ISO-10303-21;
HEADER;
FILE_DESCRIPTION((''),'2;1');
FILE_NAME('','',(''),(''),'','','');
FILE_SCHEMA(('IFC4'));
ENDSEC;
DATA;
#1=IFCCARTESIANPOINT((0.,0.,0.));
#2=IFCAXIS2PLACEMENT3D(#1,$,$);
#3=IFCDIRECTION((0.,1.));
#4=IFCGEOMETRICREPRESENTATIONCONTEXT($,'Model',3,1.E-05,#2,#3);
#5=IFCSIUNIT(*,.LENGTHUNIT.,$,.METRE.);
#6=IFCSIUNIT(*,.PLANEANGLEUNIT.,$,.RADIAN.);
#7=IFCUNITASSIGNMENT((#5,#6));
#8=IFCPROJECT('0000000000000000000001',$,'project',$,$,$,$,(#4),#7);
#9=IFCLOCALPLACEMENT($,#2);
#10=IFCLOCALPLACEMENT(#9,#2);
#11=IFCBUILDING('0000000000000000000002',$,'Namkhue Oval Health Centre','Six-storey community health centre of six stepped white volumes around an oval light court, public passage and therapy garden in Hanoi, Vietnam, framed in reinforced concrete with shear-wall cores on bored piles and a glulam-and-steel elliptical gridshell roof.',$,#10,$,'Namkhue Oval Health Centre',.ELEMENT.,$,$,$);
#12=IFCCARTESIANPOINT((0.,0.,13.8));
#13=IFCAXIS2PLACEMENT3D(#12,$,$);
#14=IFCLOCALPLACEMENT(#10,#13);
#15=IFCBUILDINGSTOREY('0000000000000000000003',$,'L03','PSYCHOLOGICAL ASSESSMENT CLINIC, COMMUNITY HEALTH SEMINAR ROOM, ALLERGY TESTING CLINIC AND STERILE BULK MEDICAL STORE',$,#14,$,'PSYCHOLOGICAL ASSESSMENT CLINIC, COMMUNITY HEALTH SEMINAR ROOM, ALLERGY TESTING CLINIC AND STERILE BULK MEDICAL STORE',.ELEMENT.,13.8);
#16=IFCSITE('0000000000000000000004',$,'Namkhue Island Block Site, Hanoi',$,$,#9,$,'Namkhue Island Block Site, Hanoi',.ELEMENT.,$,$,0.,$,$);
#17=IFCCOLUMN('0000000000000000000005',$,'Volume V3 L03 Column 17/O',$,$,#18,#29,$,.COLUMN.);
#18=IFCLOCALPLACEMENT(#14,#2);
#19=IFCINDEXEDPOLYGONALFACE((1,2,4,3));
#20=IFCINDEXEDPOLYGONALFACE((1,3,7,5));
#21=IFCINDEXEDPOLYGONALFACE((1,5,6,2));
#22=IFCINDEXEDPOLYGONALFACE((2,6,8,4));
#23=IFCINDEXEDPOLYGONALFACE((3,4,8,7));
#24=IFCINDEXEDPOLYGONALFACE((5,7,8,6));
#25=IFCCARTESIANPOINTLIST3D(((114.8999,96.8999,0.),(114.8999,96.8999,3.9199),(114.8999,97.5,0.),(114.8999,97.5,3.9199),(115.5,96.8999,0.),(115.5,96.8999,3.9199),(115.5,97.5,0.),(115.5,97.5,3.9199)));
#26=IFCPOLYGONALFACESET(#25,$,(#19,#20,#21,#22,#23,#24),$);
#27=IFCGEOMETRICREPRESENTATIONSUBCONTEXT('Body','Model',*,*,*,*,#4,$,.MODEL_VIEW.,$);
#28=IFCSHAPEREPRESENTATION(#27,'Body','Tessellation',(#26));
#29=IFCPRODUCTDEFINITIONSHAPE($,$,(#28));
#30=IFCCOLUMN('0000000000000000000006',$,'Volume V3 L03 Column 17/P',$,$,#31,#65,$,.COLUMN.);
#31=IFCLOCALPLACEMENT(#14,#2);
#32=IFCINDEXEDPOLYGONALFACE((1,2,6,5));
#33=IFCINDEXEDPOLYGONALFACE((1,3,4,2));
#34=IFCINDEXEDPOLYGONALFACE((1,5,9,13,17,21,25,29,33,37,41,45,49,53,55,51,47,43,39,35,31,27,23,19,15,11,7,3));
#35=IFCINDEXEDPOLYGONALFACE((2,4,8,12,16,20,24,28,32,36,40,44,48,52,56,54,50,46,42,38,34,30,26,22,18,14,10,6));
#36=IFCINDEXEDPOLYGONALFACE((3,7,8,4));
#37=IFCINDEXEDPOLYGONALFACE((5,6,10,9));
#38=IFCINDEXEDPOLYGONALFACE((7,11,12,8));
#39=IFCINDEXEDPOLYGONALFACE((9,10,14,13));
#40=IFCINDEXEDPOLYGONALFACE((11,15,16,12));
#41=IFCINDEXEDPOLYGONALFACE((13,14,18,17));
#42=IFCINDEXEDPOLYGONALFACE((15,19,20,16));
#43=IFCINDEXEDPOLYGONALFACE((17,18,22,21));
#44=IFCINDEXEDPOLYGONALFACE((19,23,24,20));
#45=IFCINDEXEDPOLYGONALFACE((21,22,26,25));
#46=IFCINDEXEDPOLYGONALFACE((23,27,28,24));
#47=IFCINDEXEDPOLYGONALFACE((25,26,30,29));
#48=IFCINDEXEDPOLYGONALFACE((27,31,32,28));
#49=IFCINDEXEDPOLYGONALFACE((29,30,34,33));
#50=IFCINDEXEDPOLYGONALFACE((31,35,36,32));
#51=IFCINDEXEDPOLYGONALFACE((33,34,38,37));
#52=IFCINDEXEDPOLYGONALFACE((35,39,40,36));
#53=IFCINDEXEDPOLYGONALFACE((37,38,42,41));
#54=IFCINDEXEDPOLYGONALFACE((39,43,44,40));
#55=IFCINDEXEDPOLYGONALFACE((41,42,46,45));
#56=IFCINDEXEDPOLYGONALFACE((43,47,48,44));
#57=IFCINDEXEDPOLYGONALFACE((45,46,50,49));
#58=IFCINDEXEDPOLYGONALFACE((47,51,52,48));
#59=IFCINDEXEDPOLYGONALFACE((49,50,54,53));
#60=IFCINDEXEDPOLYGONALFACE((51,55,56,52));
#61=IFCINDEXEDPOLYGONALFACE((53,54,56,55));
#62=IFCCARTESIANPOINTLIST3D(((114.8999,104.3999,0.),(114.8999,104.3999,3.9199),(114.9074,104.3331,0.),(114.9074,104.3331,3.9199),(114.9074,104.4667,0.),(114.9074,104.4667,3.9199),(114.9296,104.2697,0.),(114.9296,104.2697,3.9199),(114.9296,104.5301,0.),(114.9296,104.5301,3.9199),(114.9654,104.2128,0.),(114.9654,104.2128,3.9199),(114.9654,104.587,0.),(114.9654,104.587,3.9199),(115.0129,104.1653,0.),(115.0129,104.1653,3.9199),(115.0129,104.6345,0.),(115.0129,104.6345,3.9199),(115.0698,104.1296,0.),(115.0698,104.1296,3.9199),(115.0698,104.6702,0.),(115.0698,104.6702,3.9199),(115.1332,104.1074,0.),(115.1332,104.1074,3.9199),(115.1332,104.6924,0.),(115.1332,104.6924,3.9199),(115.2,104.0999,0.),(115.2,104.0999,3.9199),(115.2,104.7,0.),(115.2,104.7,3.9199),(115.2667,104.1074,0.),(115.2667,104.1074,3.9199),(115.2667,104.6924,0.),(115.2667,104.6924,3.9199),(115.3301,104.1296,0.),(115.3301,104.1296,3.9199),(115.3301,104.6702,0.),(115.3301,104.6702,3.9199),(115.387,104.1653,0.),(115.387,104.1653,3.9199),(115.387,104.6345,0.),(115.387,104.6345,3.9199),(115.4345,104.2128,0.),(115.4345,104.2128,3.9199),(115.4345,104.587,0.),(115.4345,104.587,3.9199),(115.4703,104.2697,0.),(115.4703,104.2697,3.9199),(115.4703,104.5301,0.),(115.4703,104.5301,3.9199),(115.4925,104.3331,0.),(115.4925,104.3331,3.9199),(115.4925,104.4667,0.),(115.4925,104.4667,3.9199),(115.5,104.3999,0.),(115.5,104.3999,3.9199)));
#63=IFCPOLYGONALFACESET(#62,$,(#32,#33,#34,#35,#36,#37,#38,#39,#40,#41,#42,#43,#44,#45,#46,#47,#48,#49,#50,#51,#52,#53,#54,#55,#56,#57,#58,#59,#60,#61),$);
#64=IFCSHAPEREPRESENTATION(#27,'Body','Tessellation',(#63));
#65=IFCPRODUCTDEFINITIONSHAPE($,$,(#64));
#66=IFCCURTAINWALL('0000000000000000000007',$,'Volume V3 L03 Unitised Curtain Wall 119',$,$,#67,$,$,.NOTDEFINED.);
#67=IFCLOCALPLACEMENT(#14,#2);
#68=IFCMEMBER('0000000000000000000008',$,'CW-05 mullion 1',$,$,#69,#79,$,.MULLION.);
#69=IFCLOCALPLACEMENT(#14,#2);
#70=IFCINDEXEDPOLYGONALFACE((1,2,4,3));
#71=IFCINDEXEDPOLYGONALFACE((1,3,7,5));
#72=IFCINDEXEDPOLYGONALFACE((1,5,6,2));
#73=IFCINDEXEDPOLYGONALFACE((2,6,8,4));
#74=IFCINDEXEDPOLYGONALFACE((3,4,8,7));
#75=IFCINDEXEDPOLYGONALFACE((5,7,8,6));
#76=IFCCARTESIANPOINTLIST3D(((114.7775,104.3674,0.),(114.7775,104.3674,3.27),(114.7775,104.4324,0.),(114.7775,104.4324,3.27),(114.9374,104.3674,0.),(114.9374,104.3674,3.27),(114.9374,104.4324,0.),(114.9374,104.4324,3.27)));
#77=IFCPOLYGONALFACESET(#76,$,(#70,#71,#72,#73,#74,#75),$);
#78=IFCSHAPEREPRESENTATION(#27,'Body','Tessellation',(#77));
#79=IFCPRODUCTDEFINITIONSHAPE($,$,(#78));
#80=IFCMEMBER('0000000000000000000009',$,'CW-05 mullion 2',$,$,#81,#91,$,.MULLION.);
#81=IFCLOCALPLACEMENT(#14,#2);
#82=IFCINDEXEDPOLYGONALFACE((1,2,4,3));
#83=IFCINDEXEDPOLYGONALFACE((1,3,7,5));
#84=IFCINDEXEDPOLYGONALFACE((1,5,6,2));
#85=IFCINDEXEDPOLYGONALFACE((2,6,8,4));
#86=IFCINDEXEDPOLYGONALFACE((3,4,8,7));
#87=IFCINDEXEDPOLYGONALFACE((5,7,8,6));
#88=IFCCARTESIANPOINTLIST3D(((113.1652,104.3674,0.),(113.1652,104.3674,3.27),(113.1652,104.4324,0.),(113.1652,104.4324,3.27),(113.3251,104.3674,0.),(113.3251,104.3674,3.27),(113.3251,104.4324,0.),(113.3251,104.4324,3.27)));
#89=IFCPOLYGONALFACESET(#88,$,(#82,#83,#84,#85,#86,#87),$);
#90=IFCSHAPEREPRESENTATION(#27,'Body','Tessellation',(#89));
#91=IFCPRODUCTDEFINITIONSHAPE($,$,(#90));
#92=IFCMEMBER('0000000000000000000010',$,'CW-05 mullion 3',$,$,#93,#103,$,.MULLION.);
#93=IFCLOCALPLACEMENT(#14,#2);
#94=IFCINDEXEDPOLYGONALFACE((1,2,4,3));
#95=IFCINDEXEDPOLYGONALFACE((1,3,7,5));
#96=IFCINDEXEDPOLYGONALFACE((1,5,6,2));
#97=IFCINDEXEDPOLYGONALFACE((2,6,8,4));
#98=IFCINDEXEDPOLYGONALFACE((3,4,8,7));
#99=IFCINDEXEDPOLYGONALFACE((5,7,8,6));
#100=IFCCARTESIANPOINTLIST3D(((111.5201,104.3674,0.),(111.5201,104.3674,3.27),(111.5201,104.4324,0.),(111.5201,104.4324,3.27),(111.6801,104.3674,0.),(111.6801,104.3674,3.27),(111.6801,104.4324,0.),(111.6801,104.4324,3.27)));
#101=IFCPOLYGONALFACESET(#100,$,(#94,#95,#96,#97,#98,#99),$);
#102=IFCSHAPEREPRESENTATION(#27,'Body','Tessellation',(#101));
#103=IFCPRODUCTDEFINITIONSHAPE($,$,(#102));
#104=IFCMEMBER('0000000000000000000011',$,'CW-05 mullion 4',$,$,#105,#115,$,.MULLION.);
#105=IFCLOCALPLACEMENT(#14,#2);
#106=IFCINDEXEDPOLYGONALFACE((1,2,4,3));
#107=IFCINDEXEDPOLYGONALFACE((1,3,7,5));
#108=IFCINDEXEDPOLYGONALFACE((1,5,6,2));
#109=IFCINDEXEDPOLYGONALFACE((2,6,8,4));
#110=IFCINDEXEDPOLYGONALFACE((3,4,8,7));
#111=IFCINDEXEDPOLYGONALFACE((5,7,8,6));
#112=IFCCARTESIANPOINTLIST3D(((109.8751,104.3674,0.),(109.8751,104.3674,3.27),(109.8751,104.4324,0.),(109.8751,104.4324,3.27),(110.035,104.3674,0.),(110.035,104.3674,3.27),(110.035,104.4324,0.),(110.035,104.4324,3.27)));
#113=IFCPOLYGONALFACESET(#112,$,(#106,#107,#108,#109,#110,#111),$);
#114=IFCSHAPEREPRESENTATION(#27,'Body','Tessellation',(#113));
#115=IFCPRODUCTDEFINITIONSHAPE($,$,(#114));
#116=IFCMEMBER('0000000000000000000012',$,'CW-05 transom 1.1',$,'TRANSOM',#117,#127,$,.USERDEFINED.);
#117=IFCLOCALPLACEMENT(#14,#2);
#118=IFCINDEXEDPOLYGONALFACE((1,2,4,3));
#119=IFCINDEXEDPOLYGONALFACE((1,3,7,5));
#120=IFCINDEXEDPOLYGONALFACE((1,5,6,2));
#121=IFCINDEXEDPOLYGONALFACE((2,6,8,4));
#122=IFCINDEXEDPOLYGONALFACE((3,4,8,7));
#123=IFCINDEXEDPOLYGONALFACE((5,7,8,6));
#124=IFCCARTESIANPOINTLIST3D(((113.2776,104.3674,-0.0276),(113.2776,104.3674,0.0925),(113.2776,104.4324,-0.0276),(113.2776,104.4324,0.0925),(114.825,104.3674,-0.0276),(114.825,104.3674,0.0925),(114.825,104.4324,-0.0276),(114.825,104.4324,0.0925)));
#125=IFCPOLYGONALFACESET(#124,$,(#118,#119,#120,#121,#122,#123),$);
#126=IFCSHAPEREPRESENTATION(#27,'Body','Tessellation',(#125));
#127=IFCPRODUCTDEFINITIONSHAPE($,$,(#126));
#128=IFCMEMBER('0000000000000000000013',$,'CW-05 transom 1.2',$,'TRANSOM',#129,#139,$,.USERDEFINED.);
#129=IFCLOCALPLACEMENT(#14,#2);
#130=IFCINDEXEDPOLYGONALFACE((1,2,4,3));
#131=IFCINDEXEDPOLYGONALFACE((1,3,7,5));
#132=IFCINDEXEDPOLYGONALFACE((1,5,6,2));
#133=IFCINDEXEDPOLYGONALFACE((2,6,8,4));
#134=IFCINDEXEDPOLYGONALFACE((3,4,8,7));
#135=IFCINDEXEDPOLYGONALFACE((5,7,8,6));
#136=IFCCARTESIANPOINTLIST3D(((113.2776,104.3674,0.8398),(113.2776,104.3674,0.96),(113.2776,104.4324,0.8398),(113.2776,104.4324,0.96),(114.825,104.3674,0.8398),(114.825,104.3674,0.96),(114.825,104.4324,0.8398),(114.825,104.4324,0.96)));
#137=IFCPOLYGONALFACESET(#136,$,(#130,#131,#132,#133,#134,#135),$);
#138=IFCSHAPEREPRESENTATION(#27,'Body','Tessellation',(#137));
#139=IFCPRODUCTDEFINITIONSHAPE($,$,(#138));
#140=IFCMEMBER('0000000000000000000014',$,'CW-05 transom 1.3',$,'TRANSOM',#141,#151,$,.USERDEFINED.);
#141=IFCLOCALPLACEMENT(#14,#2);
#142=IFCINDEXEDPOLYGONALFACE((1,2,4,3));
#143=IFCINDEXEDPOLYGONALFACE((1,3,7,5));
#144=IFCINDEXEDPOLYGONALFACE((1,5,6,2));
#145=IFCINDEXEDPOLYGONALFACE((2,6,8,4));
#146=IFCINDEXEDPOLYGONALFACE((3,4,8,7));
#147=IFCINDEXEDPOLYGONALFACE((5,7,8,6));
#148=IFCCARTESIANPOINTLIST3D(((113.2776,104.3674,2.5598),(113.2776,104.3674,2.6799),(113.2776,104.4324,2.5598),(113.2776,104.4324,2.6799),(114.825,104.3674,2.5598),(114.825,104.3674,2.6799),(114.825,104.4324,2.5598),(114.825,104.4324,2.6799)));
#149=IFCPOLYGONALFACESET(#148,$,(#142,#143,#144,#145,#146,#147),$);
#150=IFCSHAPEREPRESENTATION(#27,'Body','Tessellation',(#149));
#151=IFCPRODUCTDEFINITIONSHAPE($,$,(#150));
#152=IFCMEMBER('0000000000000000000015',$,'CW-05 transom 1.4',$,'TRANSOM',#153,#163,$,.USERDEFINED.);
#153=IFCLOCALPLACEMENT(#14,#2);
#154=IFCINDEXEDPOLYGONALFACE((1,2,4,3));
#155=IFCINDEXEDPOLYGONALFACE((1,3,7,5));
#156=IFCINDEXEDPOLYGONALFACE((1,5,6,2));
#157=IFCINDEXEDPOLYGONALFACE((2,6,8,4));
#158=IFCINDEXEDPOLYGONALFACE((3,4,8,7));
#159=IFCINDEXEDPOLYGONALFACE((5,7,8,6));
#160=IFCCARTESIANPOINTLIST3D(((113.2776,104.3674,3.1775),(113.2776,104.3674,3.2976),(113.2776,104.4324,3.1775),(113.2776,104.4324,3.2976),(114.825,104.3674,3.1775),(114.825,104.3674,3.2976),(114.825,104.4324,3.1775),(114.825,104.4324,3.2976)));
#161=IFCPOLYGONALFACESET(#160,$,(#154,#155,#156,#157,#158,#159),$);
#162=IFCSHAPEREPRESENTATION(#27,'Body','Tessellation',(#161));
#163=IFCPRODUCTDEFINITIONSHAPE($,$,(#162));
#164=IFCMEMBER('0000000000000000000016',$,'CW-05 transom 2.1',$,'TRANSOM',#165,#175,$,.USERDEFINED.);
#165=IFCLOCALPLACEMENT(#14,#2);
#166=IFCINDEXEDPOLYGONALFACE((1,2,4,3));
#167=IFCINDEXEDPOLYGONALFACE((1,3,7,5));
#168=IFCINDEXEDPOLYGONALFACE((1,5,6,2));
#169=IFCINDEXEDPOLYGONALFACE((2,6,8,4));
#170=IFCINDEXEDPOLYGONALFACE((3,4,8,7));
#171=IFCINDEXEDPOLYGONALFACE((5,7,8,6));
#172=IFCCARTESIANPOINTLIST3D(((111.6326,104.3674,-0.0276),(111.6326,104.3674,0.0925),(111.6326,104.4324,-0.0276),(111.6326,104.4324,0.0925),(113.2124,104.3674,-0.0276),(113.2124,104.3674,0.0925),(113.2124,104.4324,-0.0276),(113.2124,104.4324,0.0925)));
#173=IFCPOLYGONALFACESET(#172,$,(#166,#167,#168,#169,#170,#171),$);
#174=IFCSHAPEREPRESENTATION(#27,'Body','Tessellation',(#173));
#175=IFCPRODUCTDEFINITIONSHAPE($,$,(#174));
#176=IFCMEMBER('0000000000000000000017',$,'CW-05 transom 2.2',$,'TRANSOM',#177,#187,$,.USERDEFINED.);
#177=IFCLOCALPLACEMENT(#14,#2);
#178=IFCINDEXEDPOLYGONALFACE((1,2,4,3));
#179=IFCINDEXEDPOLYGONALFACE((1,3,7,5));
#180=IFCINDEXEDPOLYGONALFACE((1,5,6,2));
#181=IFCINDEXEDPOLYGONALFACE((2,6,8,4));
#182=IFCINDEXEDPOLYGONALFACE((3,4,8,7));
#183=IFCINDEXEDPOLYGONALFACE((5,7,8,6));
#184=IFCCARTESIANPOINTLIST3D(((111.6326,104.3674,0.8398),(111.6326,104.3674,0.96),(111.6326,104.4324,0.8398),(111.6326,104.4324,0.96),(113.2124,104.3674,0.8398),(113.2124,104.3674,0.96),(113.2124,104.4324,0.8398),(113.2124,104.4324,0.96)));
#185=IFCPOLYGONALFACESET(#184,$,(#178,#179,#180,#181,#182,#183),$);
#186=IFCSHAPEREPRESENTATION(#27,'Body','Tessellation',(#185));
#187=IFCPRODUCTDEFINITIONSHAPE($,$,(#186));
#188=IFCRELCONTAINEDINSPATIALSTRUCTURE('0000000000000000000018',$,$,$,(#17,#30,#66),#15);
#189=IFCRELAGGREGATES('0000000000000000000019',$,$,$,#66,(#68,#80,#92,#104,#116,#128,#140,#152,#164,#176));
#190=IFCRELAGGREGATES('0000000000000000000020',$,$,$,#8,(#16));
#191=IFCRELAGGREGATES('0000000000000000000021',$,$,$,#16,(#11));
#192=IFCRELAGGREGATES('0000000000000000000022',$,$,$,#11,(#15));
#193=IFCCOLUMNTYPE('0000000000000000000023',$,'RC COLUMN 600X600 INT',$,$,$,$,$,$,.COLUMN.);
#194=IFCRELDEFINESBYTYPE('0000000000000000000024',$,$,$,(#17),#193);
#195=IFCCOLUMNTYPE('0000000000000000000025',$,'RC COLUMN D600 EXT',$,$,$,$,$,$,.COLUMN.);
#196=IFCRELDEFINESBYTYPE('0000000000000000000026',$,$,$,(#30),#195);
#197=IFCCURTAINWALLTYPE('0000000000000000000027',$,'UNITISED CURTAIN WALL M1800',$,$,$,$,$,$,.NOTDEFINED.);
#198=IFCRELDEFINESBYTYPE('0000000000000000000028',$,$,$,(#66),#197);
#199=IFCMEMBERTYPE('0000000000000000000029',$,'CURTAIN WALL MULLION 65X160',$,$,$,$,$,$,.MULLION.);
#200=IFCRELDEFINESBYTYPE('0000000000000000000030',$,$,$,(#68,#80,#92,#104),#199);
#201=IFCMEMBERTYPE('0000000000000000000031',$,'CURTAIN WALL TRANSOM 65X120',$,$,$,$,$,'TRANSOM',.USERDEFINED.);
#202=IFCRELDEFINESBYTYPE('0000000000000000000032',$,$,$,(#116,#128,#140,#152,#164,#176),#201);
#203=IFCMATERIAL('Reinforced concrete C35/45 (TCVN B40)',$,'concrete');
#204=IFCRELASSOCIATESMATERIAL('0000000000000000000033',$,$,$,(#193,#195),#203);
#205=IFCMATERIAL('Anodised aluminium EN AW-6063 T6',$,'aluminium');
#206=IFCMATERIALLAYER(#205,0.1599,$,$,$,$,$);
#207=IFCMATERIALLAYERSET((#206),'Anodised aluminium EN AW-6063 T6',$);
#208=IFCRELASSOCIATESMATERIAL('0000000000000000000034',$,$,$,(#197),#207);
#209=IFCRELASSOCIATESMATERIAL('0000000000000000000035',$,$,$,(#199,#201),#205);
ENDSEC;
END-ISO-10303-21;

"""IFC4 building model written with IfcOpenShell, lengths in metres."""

from ifc_helpers import new_model, si_unit, direction, frame, origin, origin_2d, place, context, subcontext, project, spatial, rectangle, circle, extrude, material, layer, layer_set, material_profile, profile_set, type_object, element, aggregate, save


model = new_model("IFC4")

# Units and contexts
model_context = context("Model", 3, precision=1e-05, world=origin(), true_north=direction((0.0, 1.0)))
body_context = subcontext(model_context, "Body", "Model", "MODEL_VIEW")
ifc_project = project(units=[si_unit("LENGTHUNIT", "METRE"), si_unit("PLANEANGLEUNIT", "RADIAN")], contexts=[model_context])

# Site, building, storey
site_placement = place(None, origin())
site = spatial("IfcSite", under=ifc_project, at=site_placement, Name="Namkhue Island Block Site, Hanoi", LongName="Namkhue Island Block Site, Hanoi", CompositionType="ELEMENT", RefElevation=0.0)
building_placement = place(site_placement, origin())
building = spatial("IfcBuilding", under=site, at=building_placement, Name="Namkhue Oval Health Centre", Description="Six-storey community health centre of six stepped white volumes around an oval light court, public passage and therapy garden in Hanoi, Vietnam, framed in reinforced concrete with shear-wall cores on bored piles and a glulam-and-steel elliptical gridshell roof.", LongName="Namkhue Oval Health Centre", CompositionType="ELEMENT")
storey_placement = place(building_placement, frame((0.0, 0.0, 13.8)))
storey = spatial("IfcBuildingStorey", under=building, at=storey_placement, Name="L03", Description="PSYCHOLOGICAL ASSESSMENT CLINIC, COMMUNITY HEALTH SEMINAR ROOM, ALLERGY TESTING CLINIC AND STERILE BULK MEDICAL STORE", LongName="PSYCHOLOGICAL ASSESSMENT CLINIC, COMMUNITY HEALTH SEMINAR ROOM, ALLERGY TESTING CLINIC AND STERILE BULK MEDICAL STORE", CompositionType="ELEMENT", Elevation=13.8)

# Columns
ifc_material_1 = material(Name="Reinforced concrete C35/45 (TCVN B40)", Category="concrete")
ifc_material_profile_1 = material_profile(ifc_material_1, rectangle(XDim=0.6001, YDim=0.6001, at=origin_2d()), Name="RC 600x600")
ifc_profile_set_1 = profile_set([ifc_material_profile_1], Name="Reinforced concrete C35/45 (TCVN B40)")
column_type_1 = type_object("IfcColumnType", Name="RC COLUMN 600X600 INT", PredefinedType="COLUMN", material=ifc_profile_set_1)
column_1_placement = place(storey_placement, frame((115.2, 97.2, 0.0), z_axis=(0.0, 0.0, 1.0), x_axis=(1.0, 0.0, 0.0)))
element("IfcColumn", 1, at=column_1_placement, inside=storey, type_object=column_type_1, Name="Volume V3 L03 Column 17/O", PredefinedType="COLUMN", context=body_context, shape_type="SweptSolid", body=[
    extrude(rectangle(XDim=0.6001, YDim=0.6001, at=origin_2d()), origin(), (0.0, 0.0, 1.0), 3.9199),
])
ifc_material_profile_2 = material_profile(ifc_material_1, circle(Radius=0.3, at=origin_2d()), Name="RC D600")
ifc_profile_set_2 = profile_set([ifc_material_profile_2], Name="Reinforced concrete C35/45 (TCVN B40)")
column_type_2 = type_object("IfcColumnType", Name="RC COLUMN D600 EXT", PredefinedType="COLUMN", material=ifc_profile_set_2)
column_2_placement = place(storey_placement, frame((115.2, 104.3999, 0.0), z_axis=(0.0, 0.0, 1.0), x_axis=(1.0, 0.0, 0.0)))
element("IfcColumn", 2, at=column_2_placement, inside=storey, type_object=column_type_2, Name="Volume V3 L03 Column 17/P", PredefinedType="COLUMN", context=body_context, shape_type="SweptSolid", body=[
    extrude(circle(Radius=0.3, at=origin_2d()), origin(), (0.0, 0.0, 1.0), 3.9199),
])

# Curtain wall, members
ifc_material_2 = material(Name="Anodised aluminium EN AW-6063 T6", Category="aluminium")
ifc_layer_1 = layer(ifc_material_2, 0.1599)
ifc_layer_set_1 = layer_set([ifc_layer_1], Name="Anodised aluminium EN AW-6063 T6")
curtain_wall_type = type_object("IfcCurtainWallType", Name="UNITISED CURTAIN WALL M1800", PredefinedType="NOTDEFINED", material=ifc_layer_set_1)
curtain_wall_placement = place(storey_placement, origin())
curtain_wall = element("IfcCurtainWall", 3, at=curtain_wall_placement, inside=storey, type_object=curtain_wall_type, Name="Volume V3 L03 Unitised Curtain Wall 119", PredefinedType="NOTDEFINED")
ifc_material_profile_3 = material_profile(ifc_material_2, rectangle(XDim=0.0649, YDim=0.1599, at=origin_2d()), Name="ALU 65x160")
ifc_profile_set_3 = profile_set([ifc_material_profile_3], Name="Anodised aluminium EN AW-6063 T6")
member_type_1 = type_object("IfcMemberType", Name="CURTAIN WALL MULLION 65X160", PredefinedType="MULLION", material=ifc_profile_set_3)
member_1_placement = place(storey_placement, frame((114.8574, 104.3999, 0.0), z_axis=(0.0, 0.0, 1.0), x_axis=(0.0, -1.0, 0.0)))
member_1 = element("IfcMember", 4, at=member_1_placement, type_object=member_type_1, Name="CW-05 mullion 1", PredefinedType="MULLION", context=body_context, shape_type="SweptSolid", body=[
    extrude(rectangle(XDim=0.0649, YDim=0.1599, at=origin_2d()), origin(), (0.0, 0.0, 1.0), 3.27),
])
member_2_placement = place(storey_placement, frame((113.2451, 104.3999, 0.0), z_axis=(0.0, 0.0, 1.0), x_axis=(0.0, -1.0, 0.0)))
member_2 = element("IfcMember", 5, at=member_2_placement, type_object=member_type_1, Name="CW-05 mullion 2", PredefinedType="MULLION", context=body_context, shape_type="SweptSolid", body=[
    extrude(rectangle(XDim=0.0649, YDim=0.1599, at=origin_2d()), origin(), (0.0, 0.0, 1.0), 3.27),
])
member_3_placement = place(storey_placement, frame((111.6001, 104.3999, 0.0), z_axis=(0.0, 0.0, 1.0), x_axis=(0.0, -1.0, 0.0)))
member_3 = element("IfcMember", 6, at=member_3_placement, type_object=member_type_1, Name="CW-05 mullion 3", PredefinedType="MULLION", context=body_context, shape_type="SweptSolid", body=[
    extrude(rectangle(XDim=0.0649, YDim=0.1599, at=origin_2d()), origin(), (0.0, 0.0, 1.0), 3.27),
])
member_4_placement = place(storey_placement, frame((109.9551, 104.3999, 0.0), z_axis=(0.0, 0.0, 1.0), x_axis=(0.0, -1.0, 0.0)))
member_4 = element("IfcMember", 7, at=member_4_placement, type_object=member_type_1, Name="CW-05 mullion 4", PredefinedType="MULLION", context=body_context, shape_type="SweptSolid", body=[
    extrude(rectangle(XDim=0.0649, YDim=0.1599, at=origin_2d()), origin(), (0.0, 0.0, 1.0), 3.27),
])
ifc_material_profile_4 = material_profile(ifc_material_2, rectangle(XDim=0.0649, YDim=0.1201, at=origin_2d()), Name="ALU 65x120")
ifc_profile_set_4 = profile_set([ifc_material_profile_4], Name="Anodised aluminium EN AW-6063 T6")
member_type_2 = type_object("IfcMemberType", Name="CURTAIN WALL TRANSOM 65X120", ElementType="TRANSOM", PredefinedType="USERDEFINED", material=ifc_profile_set_4)
member_5_placement = place(storey_placement, frame((114.825, 104.3999, 0.0325), z_axis=(-1.0, 0.0, 0.0), x_axis=(0.0, -1.0, 0.0)))
member_5 = element("IfcMember", 8, at=member_5_placement, type_object=member_type_2, Name="CW-05 transom 1.1", ObjectType="TRANSOM", PredefinedType="USERDEFINED", context=body_context, shape_type="SweptSolid", body=[
    extrude(rectangle(XDim=0.0649, YDim=0.1201, at=origin_2d()), origin(), (0.0, 0.0, 1.0), 1.5474),
])
member_6_placement = place(storey_placement, frame((114.825, 104.3999, 0.8999), z_axis=(-1.0, 0.0, 0.0), x_axis=(0.0, -1.0, 0.0)))
member_6 = element("IfcMember", 9, at=member_6_placement, type_object=member_type_2, Name="CW-05 transom 1.2", ObjectType="TRANSOM", PredefinedType="USERDEFINED", context=body_context, shape_type="SweptSolid", body=[
    extrude(rectangle(XDim=0.0649, YDim=0.1201, at=origin_2d()), origin(), (0.0, 0.0, 1.0), 1.5474),
])
member_7_placement = place(storey_placement, frame((114.825, 104.3999, 2.6199), z_axis=(-1.0, 0.0, 0.0), x_axis=(0.0, -1.0, 0.0)))
member_7 = element("IfcMember", 10, at=member_7_placement, type_object=member_type_2, Name="CW-05 transom 1.3", ObjectType="TRANSOM", PredefinedType="USERDEFINED", context=body_context, shape_type="SweptSolid", body=[
    extrude(rectangle(XDim=0.0649, YDim=0.1201, at=origin_2d()), origin(), (0.0, 0.0, 1.0), 1.5474),
])
member_8_placement = place(storey_placement, frame((114.825, 104.3999, 3.2375), z_axis=(-1.0, 0.0, 0.0), x_axis=(0.0, -1.0, 0.0)))
member_8 = element("IfcMember", 11, at=member_8_placement, type_object=member_type_2, Name="CW-05 transom 1.4", ObjectType="TRANSOM", PredefinedType="USERDEFINED", context=body_context, shape_type="SweptSolid", body=[
    extrude(rectangle(XDim=0.0649, YDim=0.1201, at=origin_2d()), origin(), (0.0, 0.0, 1.0), 1.5474),
])
member_9_placement = place(storey_placement, frame((113.2124, 104.3999, 0.0325), z_axis=(-1.0, 0.0, 0.0), x_axis=(0.0, -1.0, 0.0)))
member_9 = element("IfcMember", 12, at=member_9_placement, type_object=member_type_2, Name="CW-05 transom 2.1", ObjectType="TRANSOM", PredefinedType="USERDEFINED", context=body_context, shape_type="SweptSolid", body=[
    extrude(rectangle(XDim=0.0649, YDim=0.1201, at=origin_2d()), origin(), (0.0, 0.0, 1.0), 1.5798),
])
member_10_placement = place(storey_placement, frame((113.2124, 104.3999, 0.8999), z_axis=(-1.0, 0.0, 0.0), x_axis=(0.0, -1.0, 0.0)))
member_10 = element("IfcMember", 13, at=member_10_placement, type_object=member_type_2, Name="CW-05 transom 2.2", ObjectType="TRANSOM", PredefinedType="USERDEFINED", context=body_context, shape_type="SweptSolid", body=[
    extrude(rectangle(XDim=0.0649, YDim=0.1201, at=origin_2d()), origin(), (0.0, 0.0, 1.0), 1.5798),
])

aggregate(curtain_wall, [member_1, member_2, member_3, member_4, member_5, member_6, member_7, member_8, member_9, member_10])

save(model, "model.ifc")
